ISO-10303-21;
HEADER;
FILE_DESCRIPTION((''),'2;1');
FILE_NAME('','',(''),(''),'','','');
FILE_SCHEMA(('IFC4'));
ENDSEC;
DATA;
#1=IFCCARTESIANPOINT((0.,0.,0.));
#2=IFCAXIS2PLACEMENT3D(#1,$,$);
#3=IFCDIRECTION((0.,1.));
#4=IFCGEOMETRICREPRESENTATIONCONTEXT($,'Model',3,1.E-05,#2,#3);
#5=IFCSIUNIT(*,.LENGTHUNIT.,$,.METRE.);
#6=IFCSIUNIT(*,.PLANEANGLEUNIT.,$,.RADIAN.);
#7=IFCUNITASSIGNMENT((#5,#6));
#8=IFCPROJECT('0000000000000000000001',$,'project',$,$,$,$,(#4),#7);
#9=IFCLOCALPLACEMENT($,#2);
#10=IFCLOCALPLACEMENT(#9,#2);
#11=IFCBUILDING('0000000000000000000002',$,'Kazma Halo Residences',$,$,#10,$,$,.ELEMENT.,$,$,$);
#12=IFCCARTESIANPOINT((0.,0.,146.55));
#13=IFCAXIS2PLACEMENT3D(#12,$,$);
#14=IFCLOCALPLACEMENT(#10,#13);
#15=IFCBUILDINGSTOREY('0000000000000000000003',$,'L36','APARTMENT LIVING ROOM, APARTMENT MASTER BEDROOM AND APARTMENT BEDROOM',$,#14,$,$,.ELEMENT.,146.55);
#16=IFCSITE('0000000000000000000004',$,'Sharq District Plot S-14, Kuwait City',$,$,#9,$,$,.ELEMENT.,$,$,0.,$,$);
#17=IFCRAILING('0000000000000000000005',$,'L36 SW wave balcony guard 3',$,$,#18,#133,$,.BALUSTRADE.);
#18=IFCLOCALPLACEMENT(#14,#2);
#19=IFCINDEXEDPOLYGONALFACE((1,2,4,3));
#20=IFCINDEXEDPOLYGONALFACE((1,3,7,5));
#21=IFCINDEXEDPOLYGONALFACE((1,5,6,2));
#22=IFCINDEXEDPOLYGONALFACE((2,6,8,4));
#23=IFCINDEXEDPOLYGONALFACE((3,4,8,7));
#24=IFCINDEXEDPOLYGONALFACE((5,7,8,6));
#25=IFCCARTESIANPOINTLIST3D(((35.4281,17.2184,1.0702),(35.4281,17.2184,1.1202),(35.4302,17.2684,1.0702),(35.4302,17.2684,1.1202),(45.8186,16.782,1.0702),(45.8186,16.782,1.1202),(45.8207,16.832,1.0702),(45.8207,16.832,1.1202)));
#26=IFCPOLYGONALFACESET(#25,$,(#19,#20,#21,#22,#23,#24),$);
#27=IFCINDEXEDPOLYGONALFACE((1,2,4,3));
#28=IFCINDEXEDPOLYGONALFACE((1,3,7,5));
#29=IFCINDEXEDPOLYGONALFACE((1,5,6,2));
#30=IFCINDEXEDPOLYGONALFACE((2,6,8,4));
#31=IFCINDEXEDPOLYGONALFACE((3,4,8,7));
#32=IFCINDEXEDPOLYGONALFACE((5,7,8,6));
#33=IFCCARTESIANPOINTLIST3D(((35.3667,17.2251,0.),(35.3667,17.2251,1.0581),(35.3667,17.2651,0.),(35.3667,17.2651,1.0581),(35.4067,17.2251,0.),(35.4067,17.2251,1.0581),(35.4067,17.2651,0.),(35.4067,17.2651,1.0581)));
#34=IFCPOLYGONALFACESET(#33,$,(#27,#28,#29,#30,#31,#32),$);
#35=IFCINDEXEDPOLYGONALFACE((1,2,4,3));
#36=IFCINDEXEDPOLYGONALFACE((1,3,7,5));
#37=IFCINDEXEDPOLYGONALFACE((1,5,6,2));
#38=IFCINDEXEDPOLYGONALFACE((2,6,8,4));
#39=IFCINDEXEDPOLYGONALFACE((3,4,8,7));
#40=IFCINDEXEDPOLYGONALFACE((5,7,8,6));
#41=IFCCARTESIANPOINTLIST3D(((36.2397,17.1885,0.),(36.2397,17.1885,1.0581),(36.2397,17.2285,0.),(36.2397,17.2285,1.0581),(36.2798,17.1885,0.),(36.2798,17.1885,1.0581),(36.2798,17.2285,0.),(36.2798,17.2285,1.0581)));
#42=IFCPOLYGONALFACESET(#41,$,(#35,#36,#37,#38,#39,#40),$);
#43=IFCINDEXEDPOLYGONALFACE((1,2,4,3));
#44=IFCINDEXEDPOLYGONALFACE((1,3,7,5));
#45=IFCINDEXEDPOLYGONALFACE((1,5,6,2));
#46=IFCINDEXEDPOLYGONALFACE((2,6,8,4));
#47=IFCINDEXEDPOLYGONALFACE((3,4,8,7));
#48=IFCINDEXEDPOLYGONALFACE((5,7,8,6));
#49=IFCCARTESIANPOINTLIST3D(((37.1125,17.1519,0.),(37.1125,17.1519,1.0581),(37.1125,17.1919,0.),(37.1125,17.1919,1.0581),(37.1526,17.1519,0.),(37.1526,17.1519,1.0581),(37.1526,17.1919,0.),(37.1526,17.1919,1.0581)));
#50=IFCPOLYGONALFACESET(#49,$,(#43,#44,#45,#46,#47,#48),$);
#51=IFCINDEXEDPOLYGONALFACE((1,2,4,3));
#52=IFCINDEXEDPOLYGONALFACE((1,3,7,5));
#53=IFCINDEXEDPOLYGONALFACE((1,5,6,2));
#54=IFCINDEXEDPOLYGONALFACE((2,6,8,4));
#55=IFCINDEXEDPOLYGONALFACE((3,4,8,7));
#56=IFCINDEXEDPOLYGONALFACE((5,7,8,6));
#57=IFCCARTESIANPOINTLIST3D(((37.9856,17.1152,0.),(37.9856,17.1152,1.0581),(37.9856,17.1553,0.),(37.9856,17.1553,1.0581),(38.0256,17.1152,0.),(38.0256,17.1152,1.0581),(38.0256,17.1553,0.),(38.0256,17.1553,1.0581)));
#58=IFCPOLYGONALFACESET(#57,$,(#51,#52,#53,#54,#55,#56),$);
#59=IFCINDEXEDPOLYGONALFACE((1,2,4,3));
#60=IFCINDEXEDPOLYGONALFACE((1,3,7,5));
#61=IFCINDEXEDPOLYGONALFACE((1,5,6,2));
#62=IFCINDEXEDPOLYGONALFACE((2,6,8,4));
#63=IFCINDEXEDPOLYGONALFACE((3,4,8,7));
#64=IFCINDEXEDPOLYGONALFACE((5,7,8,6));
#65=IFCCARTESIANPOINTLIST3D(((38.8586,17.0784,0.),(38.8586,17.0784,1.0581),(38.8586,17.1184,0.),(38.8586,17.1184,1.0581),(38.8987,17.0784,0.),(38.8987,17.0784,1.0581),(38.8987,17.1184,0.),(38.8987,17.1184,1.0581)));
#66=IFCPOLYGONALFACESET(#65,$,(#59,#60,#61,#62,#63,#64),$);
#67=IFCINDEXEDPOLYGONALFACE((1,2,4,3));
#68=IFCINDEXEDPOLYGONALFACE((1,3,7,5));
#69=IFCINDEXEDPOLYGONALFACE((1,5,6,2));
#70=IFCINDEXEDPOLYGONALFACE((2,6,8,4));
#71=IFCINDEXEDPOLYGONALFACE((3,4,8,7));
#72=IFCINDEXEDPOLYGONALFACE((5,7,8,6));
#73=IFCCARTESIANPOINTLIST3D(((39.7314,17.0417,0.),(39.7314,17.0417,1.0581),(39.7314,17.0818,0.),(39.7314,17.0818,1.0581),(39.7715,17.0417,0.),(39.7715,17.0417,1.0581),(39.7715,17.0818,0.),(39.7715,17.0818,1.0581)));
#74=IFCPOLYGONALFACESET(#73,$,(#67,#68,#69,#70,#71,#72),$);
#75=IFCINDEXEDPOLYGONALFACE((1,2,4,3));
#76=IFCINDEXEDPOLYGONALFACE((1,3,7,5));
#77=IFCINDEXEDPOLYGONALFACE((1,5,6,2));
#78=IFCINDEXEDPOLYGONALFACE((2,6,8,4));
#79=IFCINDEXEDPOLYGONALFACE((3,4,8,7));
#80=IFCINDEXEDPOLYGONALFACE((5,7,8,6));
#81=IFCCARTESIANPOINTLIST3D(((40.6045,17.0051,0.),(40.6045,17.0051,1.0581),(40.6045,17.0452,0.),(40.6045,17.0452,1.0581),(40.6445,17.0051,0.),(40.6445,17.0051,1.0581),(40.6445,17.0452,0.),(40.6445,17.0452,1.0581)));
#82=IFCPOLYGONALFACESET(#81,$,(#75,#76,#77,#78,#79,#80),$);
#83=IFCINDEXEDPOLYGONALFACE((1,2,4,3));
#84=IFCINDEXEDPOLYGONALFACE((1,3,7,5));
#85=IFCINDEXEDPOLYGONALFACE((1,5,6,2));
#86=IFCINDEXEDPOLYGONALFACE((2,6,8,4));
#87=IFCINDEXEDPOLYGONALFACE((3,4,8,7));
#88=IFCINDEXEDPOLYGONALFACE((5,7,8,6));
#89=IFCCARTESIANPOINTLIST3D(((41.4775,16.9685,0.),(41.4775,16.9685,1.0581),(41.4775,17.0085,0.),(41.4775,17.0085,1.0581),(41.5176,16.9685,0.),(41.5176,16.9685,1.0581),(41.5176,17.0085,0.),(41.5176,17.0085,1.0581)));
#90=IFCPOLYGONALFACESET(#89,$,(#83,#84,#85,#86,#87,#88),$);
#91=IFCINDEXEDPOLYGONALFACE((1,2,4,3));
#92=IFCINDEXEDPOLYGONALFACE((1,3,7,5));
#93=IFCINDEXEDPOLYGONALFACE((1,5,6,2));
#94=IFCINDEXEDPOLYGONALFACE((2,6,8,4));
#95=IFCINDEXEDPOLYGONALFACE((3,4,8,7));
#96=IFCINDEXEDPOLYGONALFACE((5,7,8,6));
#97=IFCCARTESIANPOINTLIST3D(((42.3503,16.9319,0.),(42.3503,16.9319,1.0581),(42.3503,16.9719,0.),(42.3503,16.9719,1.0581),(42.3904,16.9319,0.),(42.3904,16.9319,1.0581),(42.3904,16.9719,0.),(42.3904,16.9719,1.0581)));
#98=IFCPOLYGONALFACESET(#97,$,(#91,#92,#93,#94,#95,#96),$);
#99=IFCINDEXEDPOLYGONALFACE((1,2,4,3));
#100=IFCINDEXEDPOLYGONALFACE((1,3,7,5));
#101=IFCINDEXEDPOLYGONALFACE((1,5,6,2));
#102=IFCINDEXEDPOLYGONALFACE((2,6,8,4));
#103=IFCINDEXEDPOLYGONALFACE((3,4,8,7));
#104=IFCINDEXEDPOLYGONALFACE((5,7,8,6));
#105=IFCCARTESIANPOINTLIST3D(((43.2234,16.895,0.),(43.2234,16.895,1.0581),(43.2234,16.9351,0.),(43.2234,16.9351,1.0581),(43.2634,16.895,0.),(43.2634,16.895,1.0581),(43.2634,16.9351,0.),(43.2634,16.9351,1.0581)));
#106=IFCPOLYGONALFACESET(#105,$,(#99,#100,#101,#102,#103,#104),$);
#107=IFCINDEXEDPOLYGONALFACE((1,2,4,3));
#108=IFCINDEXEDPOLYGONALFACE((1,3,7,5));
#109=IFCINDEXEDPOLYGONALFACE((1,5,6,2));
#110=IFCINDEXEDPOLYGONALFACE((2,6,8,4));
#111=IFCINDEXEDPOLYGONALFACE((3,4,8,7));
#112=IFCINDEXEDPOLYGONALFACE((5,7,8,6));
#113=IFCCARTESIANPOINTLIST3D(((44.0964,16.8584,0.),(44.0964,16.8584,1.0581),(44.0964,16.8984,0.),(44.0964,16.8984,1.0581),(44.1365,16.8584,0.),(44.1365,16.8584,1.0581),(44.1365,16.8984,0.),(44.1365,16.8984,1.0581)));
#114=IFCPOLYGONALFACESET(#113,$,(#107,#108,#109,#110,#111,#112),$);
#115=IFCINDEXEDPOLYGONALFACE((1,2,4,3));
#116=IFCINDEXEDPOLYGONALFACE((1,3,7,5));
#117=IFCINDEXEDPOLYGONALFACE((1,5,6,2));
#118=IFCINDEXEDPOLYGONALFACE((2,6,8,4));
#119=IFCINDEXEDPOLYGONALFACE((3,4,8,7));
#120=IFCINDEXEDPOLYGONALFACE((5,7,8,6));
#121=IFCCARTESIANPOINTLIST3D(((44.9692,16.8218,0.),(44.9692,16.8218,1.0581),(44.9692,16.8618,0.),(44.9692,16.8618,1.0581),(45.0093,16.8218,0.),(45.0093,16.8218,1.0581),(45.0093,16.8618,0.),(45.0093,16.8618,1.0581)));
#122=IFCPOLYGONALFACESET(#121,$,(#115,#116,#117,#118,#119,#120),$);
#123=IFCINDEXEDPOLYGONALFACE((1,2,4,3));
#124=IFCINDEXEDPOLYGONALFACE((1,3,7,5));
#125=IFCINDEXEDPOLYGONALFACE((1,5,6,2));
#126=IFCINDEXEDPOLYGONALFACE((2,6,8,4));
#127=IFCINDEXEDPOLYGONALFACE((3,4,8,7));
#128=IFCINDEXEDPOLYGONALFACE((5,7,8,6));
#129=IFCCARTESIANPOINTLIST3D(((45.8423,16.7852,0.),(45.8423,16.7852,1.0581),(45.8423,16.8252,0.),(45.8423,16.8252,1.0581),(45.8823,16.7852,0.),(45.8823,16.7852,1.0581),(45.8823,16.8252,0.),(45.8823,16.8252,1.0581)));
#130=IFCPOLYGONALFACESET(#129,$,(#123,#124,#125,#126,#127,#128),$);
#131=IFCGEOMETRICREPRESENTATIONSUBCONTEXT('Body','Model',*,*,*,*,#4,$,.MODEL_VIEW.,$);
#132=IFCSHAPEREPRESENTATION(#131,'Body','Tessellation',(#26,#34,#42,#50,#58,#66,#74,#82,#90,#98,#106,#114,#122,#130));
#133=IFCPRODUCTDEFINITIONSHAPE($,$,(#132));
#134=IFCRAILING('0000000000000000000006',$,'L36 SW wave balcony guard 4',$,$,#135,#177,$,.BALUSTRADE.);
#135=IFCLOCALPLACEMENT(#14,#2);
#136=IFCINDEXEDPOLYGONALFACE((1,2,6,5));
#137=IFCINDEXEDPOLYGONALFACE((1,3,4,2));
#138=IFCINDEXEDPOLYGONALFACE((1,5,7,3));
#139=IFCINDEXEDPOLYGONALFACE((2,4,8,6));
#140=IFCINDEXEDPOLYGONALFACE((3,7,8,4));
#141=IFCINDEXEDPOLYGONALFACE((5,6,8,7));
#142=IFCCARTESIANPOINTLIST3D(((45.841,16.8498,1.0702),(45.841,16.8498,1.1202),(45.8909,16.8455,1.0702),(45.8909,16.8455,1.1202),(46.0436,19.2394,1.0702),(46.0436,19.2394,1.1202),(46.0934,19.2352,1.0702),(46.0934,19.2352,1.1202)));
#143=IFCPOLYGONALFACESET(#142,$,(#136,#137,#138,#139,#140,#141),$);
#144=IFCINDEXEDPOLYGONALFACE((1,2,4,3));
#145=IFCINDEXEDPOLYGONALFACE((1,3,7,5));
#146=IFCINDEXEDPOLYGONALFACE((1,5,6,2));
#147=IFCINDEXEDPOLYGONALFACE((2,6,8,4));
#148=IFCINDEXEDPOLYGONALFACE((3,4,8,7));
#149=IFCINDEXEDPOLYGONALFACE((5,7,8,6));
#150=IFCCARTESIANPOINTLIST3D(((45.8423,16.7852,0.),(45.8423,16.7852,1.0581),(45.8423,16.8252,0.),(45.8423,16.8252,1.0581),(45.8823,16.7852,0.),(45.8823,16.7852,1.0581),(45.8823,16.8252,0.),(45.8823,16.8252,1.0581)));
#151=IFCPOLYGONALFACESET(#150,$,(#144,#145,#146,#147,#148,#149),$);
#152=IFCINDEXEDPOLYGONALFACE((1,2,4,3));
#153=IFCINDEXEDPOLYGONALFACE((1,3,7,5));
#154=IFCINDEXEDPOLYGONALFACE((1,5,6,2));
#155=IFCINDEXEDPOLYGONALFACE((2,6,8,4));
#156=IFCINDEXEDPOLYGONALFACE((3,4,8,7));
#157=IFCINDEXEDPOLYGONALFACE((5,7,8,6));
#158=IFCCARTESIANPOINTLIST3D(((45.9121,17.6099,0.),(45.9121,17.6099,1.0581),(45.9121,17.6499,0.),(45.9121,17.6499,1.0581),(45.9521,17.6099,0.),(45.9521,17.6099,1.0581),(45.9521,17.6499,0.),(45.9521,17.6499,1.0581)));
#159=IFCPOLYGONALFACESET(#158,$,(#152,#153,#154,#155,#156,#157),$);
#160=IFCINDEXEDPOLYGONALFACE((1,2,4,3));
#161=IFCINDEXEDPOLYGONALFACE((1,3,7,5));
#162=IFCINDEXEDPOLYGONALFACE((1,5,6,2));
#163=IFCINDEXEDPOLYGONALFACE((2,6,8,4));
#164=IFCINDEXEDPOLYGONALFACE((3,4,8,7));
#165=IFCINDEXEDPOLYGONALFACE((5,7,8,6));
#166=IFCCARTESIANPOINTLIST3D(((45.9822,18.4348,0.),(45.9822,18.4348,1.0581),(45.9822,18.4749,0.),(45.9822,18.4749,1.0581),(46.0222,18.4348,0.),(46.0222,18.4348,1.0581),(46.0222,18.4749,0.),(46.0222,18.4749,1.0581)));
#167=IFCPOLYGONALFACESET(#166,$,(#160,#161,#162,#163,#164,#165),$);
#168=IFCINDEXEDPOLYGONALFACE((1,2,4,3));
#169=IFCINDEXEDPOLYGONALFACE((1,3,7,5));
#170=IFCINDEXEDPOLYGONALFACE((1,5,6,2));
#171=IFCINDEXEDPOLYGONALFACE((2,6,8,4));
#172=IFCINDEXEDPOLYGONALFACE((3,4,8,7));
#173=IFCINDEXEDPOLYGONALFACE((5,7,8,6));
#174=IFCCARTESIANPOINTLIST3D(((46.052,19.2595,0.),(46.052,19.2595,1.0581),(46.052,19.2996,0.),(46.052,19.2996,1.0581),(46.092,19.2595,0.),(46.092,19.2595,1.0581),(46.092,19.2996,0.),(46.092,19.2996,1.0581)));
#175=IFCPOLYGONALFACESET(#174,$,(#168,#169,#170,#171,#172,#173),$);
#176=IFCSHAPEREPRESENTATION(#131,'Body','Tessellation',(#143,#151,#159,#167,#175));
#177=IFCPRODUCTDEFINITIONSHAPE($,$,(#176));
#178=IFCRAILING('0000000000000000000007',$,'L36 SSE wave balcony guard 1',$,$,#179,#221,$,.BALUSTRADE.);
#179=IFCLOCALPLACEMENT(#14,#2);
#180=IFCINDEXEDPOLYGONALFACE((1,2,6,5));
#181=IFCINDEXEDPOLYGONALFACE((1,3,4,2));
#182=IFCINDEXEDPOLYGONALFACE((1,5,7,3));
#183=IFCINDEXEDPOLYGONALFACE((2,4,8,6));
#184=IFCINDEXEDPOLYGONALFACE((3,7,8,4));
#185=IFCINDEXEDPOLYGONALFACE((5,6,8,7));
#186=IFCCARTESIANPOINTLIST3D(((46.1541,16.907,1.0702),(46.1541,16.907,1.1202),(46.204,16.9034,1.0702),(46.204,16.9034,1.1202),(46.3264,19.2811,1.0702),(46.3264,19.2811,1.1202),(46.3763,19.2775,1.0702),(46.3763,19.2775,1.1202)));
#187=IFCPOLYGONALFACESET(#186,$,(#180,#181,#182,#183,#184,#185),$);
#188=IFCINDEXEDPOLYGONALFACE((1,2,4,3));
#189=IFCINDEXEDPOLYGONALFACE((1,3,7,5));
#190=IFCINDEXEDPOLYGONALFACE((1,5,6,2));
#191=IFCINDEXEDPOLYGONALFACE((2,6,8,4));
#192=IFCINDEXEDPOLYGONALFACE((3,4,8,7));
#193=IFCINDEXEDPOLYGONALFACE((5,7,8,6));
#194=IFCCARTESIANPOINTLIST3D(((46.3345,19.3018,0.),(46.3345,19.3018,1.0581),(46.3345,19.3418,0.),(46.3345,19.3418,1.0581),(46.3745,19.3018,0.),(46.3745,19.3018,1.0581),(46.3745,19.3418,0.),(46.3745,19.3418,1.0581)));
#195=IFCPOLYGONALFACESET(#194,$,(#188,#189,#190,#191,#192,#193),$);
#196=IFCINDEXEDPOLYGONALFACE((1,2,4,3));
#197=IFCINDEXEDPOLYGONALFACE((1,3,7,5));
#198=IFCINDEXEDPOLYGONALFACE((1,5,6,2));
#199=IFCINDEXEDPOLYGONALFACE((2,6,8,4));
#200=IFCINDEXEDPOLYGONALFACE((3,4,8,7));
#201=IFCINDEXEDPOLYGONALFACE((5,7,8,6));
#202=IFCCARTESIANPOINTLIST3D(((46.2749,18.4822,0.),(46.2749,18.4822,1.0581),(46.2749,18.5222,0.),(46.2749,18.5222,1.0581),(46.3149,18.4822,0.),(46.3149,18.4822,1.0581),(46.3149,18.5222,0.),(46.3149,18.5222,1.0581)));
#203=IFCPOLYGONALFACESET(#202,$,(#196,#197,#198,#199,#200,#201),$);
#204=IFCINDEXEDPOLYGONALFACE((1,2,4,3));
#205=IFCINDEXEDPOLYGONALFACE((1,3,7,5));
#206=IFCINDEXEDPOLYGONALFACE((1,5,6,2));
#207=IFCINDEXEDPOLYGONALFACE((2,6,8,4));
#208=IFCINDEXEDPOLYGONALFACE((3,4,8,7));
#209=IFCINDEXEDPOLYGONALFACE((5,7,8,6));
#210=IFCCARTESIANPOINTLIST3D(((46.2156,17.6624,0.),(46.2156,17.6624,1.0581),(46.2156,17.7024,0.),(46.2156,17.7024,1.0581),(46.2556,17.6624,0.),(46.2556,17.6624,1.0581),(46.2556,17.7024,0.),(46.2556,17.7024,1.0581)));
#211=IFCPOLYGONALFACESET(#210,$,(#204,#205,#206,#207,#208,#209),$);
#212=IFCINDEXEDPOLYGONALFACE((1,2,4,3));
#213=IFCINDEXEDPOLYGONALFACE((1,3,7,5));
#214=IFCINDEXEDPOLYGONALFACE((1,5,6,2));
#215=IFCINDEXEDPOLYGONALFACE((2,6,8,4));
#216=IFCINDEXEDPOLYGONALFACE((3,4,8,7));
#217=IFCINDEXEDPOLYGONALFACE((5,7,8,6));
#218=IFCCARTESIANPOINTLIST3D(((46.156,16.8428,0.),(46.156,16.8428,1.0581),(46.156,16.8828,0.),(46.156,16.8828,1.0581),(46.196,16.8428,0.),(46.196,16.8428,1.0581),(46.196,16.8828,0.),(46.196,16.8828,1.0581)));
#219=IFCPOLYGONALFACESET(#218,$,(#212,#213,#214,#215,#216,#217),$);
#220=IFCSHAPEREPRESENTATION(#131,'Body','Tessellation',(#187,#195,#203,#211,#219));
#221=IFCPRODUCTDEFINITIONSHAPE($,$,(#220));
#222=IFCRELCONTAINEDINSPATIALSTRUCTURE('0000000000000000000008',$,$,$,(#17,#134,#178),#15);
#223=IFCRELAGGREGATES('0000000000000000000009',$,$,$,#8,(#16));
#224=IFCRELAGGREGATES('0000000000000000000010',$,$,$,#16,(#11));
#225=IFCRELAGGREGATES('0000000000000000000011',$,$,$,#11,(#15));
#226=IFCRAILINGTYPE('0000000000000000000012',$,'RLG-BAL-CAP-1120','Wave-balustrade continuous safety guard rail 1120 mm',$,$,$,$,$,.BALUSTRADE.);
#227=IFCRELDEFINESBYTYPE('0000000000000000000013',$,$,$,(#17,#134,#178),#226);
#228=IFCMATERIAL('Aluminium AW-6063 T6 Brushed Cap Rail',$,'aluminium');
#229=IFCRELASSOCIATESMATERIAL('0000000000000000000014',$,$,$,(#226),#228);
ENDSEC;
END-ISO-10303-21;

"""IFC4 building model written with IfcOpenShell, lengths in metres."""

from ifc_helpers import new_model, si_unit, direction, frame, origin, origin_2d, place, context, subcontext, project, spatial, rectangle, extrude, material, type_object, element, save


model = new_model("IFC4")

# Units and contexts
model_context = context("Model", 3, precision=1e-05, world=origin(), true_north=direction((0.0, 1.0)))
body_context = subcontext(model_context, "Body", "Model", "MODEL_VIEW")
ifc_project = project(units=[si_unit("LENGTHUNIT", "METRE"), si_unit("PLANEANGLEUNIT", "RADIAN")], contexts=[model_context])

# Site, building, storey
site_placement = place(None, origin())
site = spatial("IfcSite", under=ifc_project, at=site_placement, Name="Sharq District Plot S-14, Kuwait City", CompositionType="ELEMENT", RefElevation=0.0)
building_placement = place(site_placement, origin())
building = spatial("IfcBuilding", under=site, at=building_placement, Name="Kazma Halo Residences", CompositionType="ELEMENT")
storey_placement = place(building_placement, frame((0.0, 0.0, 146.55)))
storey = spatial("IfcBuildingStorey", under=building, at=storey_placement, Name="L36", Description="APARTMENT LIVING ROOM, APARTMENT MASTER BEDROOM AND APARTMENT BEDROOM", CompositionType="ELEMENT", Elevation=146.55)

# Railings
ifc_material_1 = material(Name="Aluminium AW-6063 T6 Brushed Cap Rail", Category="aluminium")
railing_type = type_object("IfcRailingType", Name="RLG-BAL-CAP-1120", Description="Wave-balustrade continuous safety guard rail 1120 mm", PredefinedType="BALUSTRADE", material=ifc_material_1)
railing_1_placement = place(storey_placement, frame((35.3867, 17.2451, 0.0)))
element("IfcRailing", 1, at=railing_1_placement, inside=storey, type_object=railing_type, Name="L36 SW wave balcony guard 3", PredefinedType="BALUSTRADE", context=body_context, shape_type="SweptSolid", body=[
    extrude(rectangle(XDim=0.05, YDim=0.05, at=origin_2d()), frame((0.0425, -0.0017, 1.0952), z_axis=(0.999119, -0.04196, 0.0), x_axis=(0.04196, 0.999119, 0.0)), (0.0, 0.0, 1.0), 10.3997),
    extrude(rectangle(XDim=0.04, YDim=0.04, at=origin_2d()), origin(), (0.0, 0.0, 1.0), 1.0581),
    extrude(rectangle(XDim=0.04, YDim=0.04, at=origin_2d()), frame((0.873, -0.0366, 0.0)), (0.0, 0.0, 1.0), 1.0581),
    extrude(rectangle(XDim=0.04, YDim=0.04, at=origin_2d()), frame((1.7458, -0.0732, 0.0)), (0.0, 0.0, 1.0), 1.0581),
    extrude(rectangle(XDim=0.04, YDim=0.04, at=origin_2d()), frame((2.6189, -0.1099, 0.0)), (0.0, 0.0, 1.0), 1.0581),
    extrude(rectangle(XDim=0.04, YDim=0.04, at=origin_2d()), frame((3.4919, -0.1467, 0.0)), (0.0, 0.0, 1.0), 1.0581),
    extrude(rectangle(XDim=0.04, YDim=0.04, at=origin_2d()), frame((4.3647, -0.1833, 0.0)), (0.0, 0.0, 1.0), 1.0581),
    extrude(rectangle(XDim=0.04, YDim=0.04, at=origin_2d()), frame((5.2378, -0.22, 0.0)), (0.0, 0.0, 1.0), 1.0581),
    extrude(rectangle(XDim=0.04, YDim=0.04, at=origin_2d()), frame((6.1108, -0.2566, 0.0)), (0.0, 0.0, 1.0), 1.0581),
    extrude(rectangle(XDim=0.04, YDim=0.04, at=origin_2d()), frame((6.9836, -0.2932, 0.0)), (0.0, 0.0, 1.0), 1.0581),
    extrude(rectangle(XDim=0.04, YDim=0.04, at=origin_2d()), frame((7.8567, -0.3301, 0.0)), (0.0, 0.0, 1.0), 1.0581),
    extrude(rectangle(XDim=0.04, YDim=0.04, at=origin_2d()), frame((8.7297, -0.3667, 0.0)), (0.0, 0.0, 1.0), 1.0581),
    extrude(rectangle(XDim=0.04, YDim=0.04, at=origin_2d()), frame((9.6025, -0.4033, 0.0)), (0.0, 0.0, 1.0), 1.0581),
    extrude(rectangle(XDim=0.04, YDim=0.04, at=origin_2d()), frame((10.4756, -0.4399, 0.0)), (0.0, 0.0, 1.0), 1.0581),
])
railing_2_placement = place(storey_placement, frame((45.8623, 16.8052, 0.0)))
element("IfcRailing", 2, at=railing_2_placement, inside=storey, type_object=railing_type, Name="L36 SW wave balcony guard 4", PredefinedType="BALUSTRADE", context=body_context, shape_type="SweptSolid", body=[
    extrude(rectangle(XDim=0.05, YDim=0.05, at=origin_2d()), frame((0.0037, 0.0425, 1.0952), z_axis=(0.084453, 0.996427, 0.0), x_axis=(-0.996427, 0.084453, 0.0)), (0.0, 0.0, 1.0), 2.3982),
    extrude(rectangle(XDim=0.04, YDim=0.04, at=origin_2d()), origin(), (0.0, 0.0, 1.0), 1.0581),
    extrude(rectangle(XDim=0.04, YDim=0.04, at=origin_2d()), frame((0.0698, 0.8247, 0.0)), (0.0, 0.0, 1.0), 1.0581),
    extrude(rectangle(XDim=0.04, YDim=0.04, at=origin_2d()), frame((0.1399, 1.6497, 0.0)), (0.0, 0.0, 1.0), 1.0581),
    extrude(rectangle(XDim=0.04, YDim=0.04, at=origin_2d()), frame((0.2097, 2.4744, 0.0)), (0.0, 0.0, 1.0), 1.0581),
])
railing_3_placement = place(storey_placement, frame((46.3545, 19.3218, 0.0)))
element("IfcRailing", 3, at=railing_3_placement, inside=storey, type_object=railing_type, Name="L36 SSE wave balcony guard 1", PredefinedType="BALUSTRADE", context=body_context, shape_type="SweptSolid", body=[
    extrude(rectangle(XDim=0.05, YDim=0.05, at=origin_2d()), frame((-0.0032, -0.0425, 1.0952), z_axis=(-0.072387, -0.997377, 0.0), x_axis=(0.997377, -0.072387, 0.0)), (0.0, 0.0, 1.0), 2.3804),
    extrude(rectangle(XDim=0.04, YDim=0.04, at=origin_2d()), origin(), (0.0, 0.0, 1.0), 1.0581),
    extrude(rectangle(XDim=0.04, YDim=0.04, at=origin_2d()), frame((-0.0596, -0.8196, 0.0)), (0.0, 0.0, 1.0), 1.0581),
    extrude(rectangle(XDim=0.04, YDim=0.04, at=origin_2d()), frame((-0.1189, -1.6394, 0.0)), (0.0, 0.0, 1.0), 1.0581),
    extrude(rectangle(XDim=0.04, YDim=0.04, at=origin_2d()), frame((-0.1785, -2.459, 0.0)), (0.0, 0.0, 1.0), 1.0581),
])

save(model, "model.ifc")
